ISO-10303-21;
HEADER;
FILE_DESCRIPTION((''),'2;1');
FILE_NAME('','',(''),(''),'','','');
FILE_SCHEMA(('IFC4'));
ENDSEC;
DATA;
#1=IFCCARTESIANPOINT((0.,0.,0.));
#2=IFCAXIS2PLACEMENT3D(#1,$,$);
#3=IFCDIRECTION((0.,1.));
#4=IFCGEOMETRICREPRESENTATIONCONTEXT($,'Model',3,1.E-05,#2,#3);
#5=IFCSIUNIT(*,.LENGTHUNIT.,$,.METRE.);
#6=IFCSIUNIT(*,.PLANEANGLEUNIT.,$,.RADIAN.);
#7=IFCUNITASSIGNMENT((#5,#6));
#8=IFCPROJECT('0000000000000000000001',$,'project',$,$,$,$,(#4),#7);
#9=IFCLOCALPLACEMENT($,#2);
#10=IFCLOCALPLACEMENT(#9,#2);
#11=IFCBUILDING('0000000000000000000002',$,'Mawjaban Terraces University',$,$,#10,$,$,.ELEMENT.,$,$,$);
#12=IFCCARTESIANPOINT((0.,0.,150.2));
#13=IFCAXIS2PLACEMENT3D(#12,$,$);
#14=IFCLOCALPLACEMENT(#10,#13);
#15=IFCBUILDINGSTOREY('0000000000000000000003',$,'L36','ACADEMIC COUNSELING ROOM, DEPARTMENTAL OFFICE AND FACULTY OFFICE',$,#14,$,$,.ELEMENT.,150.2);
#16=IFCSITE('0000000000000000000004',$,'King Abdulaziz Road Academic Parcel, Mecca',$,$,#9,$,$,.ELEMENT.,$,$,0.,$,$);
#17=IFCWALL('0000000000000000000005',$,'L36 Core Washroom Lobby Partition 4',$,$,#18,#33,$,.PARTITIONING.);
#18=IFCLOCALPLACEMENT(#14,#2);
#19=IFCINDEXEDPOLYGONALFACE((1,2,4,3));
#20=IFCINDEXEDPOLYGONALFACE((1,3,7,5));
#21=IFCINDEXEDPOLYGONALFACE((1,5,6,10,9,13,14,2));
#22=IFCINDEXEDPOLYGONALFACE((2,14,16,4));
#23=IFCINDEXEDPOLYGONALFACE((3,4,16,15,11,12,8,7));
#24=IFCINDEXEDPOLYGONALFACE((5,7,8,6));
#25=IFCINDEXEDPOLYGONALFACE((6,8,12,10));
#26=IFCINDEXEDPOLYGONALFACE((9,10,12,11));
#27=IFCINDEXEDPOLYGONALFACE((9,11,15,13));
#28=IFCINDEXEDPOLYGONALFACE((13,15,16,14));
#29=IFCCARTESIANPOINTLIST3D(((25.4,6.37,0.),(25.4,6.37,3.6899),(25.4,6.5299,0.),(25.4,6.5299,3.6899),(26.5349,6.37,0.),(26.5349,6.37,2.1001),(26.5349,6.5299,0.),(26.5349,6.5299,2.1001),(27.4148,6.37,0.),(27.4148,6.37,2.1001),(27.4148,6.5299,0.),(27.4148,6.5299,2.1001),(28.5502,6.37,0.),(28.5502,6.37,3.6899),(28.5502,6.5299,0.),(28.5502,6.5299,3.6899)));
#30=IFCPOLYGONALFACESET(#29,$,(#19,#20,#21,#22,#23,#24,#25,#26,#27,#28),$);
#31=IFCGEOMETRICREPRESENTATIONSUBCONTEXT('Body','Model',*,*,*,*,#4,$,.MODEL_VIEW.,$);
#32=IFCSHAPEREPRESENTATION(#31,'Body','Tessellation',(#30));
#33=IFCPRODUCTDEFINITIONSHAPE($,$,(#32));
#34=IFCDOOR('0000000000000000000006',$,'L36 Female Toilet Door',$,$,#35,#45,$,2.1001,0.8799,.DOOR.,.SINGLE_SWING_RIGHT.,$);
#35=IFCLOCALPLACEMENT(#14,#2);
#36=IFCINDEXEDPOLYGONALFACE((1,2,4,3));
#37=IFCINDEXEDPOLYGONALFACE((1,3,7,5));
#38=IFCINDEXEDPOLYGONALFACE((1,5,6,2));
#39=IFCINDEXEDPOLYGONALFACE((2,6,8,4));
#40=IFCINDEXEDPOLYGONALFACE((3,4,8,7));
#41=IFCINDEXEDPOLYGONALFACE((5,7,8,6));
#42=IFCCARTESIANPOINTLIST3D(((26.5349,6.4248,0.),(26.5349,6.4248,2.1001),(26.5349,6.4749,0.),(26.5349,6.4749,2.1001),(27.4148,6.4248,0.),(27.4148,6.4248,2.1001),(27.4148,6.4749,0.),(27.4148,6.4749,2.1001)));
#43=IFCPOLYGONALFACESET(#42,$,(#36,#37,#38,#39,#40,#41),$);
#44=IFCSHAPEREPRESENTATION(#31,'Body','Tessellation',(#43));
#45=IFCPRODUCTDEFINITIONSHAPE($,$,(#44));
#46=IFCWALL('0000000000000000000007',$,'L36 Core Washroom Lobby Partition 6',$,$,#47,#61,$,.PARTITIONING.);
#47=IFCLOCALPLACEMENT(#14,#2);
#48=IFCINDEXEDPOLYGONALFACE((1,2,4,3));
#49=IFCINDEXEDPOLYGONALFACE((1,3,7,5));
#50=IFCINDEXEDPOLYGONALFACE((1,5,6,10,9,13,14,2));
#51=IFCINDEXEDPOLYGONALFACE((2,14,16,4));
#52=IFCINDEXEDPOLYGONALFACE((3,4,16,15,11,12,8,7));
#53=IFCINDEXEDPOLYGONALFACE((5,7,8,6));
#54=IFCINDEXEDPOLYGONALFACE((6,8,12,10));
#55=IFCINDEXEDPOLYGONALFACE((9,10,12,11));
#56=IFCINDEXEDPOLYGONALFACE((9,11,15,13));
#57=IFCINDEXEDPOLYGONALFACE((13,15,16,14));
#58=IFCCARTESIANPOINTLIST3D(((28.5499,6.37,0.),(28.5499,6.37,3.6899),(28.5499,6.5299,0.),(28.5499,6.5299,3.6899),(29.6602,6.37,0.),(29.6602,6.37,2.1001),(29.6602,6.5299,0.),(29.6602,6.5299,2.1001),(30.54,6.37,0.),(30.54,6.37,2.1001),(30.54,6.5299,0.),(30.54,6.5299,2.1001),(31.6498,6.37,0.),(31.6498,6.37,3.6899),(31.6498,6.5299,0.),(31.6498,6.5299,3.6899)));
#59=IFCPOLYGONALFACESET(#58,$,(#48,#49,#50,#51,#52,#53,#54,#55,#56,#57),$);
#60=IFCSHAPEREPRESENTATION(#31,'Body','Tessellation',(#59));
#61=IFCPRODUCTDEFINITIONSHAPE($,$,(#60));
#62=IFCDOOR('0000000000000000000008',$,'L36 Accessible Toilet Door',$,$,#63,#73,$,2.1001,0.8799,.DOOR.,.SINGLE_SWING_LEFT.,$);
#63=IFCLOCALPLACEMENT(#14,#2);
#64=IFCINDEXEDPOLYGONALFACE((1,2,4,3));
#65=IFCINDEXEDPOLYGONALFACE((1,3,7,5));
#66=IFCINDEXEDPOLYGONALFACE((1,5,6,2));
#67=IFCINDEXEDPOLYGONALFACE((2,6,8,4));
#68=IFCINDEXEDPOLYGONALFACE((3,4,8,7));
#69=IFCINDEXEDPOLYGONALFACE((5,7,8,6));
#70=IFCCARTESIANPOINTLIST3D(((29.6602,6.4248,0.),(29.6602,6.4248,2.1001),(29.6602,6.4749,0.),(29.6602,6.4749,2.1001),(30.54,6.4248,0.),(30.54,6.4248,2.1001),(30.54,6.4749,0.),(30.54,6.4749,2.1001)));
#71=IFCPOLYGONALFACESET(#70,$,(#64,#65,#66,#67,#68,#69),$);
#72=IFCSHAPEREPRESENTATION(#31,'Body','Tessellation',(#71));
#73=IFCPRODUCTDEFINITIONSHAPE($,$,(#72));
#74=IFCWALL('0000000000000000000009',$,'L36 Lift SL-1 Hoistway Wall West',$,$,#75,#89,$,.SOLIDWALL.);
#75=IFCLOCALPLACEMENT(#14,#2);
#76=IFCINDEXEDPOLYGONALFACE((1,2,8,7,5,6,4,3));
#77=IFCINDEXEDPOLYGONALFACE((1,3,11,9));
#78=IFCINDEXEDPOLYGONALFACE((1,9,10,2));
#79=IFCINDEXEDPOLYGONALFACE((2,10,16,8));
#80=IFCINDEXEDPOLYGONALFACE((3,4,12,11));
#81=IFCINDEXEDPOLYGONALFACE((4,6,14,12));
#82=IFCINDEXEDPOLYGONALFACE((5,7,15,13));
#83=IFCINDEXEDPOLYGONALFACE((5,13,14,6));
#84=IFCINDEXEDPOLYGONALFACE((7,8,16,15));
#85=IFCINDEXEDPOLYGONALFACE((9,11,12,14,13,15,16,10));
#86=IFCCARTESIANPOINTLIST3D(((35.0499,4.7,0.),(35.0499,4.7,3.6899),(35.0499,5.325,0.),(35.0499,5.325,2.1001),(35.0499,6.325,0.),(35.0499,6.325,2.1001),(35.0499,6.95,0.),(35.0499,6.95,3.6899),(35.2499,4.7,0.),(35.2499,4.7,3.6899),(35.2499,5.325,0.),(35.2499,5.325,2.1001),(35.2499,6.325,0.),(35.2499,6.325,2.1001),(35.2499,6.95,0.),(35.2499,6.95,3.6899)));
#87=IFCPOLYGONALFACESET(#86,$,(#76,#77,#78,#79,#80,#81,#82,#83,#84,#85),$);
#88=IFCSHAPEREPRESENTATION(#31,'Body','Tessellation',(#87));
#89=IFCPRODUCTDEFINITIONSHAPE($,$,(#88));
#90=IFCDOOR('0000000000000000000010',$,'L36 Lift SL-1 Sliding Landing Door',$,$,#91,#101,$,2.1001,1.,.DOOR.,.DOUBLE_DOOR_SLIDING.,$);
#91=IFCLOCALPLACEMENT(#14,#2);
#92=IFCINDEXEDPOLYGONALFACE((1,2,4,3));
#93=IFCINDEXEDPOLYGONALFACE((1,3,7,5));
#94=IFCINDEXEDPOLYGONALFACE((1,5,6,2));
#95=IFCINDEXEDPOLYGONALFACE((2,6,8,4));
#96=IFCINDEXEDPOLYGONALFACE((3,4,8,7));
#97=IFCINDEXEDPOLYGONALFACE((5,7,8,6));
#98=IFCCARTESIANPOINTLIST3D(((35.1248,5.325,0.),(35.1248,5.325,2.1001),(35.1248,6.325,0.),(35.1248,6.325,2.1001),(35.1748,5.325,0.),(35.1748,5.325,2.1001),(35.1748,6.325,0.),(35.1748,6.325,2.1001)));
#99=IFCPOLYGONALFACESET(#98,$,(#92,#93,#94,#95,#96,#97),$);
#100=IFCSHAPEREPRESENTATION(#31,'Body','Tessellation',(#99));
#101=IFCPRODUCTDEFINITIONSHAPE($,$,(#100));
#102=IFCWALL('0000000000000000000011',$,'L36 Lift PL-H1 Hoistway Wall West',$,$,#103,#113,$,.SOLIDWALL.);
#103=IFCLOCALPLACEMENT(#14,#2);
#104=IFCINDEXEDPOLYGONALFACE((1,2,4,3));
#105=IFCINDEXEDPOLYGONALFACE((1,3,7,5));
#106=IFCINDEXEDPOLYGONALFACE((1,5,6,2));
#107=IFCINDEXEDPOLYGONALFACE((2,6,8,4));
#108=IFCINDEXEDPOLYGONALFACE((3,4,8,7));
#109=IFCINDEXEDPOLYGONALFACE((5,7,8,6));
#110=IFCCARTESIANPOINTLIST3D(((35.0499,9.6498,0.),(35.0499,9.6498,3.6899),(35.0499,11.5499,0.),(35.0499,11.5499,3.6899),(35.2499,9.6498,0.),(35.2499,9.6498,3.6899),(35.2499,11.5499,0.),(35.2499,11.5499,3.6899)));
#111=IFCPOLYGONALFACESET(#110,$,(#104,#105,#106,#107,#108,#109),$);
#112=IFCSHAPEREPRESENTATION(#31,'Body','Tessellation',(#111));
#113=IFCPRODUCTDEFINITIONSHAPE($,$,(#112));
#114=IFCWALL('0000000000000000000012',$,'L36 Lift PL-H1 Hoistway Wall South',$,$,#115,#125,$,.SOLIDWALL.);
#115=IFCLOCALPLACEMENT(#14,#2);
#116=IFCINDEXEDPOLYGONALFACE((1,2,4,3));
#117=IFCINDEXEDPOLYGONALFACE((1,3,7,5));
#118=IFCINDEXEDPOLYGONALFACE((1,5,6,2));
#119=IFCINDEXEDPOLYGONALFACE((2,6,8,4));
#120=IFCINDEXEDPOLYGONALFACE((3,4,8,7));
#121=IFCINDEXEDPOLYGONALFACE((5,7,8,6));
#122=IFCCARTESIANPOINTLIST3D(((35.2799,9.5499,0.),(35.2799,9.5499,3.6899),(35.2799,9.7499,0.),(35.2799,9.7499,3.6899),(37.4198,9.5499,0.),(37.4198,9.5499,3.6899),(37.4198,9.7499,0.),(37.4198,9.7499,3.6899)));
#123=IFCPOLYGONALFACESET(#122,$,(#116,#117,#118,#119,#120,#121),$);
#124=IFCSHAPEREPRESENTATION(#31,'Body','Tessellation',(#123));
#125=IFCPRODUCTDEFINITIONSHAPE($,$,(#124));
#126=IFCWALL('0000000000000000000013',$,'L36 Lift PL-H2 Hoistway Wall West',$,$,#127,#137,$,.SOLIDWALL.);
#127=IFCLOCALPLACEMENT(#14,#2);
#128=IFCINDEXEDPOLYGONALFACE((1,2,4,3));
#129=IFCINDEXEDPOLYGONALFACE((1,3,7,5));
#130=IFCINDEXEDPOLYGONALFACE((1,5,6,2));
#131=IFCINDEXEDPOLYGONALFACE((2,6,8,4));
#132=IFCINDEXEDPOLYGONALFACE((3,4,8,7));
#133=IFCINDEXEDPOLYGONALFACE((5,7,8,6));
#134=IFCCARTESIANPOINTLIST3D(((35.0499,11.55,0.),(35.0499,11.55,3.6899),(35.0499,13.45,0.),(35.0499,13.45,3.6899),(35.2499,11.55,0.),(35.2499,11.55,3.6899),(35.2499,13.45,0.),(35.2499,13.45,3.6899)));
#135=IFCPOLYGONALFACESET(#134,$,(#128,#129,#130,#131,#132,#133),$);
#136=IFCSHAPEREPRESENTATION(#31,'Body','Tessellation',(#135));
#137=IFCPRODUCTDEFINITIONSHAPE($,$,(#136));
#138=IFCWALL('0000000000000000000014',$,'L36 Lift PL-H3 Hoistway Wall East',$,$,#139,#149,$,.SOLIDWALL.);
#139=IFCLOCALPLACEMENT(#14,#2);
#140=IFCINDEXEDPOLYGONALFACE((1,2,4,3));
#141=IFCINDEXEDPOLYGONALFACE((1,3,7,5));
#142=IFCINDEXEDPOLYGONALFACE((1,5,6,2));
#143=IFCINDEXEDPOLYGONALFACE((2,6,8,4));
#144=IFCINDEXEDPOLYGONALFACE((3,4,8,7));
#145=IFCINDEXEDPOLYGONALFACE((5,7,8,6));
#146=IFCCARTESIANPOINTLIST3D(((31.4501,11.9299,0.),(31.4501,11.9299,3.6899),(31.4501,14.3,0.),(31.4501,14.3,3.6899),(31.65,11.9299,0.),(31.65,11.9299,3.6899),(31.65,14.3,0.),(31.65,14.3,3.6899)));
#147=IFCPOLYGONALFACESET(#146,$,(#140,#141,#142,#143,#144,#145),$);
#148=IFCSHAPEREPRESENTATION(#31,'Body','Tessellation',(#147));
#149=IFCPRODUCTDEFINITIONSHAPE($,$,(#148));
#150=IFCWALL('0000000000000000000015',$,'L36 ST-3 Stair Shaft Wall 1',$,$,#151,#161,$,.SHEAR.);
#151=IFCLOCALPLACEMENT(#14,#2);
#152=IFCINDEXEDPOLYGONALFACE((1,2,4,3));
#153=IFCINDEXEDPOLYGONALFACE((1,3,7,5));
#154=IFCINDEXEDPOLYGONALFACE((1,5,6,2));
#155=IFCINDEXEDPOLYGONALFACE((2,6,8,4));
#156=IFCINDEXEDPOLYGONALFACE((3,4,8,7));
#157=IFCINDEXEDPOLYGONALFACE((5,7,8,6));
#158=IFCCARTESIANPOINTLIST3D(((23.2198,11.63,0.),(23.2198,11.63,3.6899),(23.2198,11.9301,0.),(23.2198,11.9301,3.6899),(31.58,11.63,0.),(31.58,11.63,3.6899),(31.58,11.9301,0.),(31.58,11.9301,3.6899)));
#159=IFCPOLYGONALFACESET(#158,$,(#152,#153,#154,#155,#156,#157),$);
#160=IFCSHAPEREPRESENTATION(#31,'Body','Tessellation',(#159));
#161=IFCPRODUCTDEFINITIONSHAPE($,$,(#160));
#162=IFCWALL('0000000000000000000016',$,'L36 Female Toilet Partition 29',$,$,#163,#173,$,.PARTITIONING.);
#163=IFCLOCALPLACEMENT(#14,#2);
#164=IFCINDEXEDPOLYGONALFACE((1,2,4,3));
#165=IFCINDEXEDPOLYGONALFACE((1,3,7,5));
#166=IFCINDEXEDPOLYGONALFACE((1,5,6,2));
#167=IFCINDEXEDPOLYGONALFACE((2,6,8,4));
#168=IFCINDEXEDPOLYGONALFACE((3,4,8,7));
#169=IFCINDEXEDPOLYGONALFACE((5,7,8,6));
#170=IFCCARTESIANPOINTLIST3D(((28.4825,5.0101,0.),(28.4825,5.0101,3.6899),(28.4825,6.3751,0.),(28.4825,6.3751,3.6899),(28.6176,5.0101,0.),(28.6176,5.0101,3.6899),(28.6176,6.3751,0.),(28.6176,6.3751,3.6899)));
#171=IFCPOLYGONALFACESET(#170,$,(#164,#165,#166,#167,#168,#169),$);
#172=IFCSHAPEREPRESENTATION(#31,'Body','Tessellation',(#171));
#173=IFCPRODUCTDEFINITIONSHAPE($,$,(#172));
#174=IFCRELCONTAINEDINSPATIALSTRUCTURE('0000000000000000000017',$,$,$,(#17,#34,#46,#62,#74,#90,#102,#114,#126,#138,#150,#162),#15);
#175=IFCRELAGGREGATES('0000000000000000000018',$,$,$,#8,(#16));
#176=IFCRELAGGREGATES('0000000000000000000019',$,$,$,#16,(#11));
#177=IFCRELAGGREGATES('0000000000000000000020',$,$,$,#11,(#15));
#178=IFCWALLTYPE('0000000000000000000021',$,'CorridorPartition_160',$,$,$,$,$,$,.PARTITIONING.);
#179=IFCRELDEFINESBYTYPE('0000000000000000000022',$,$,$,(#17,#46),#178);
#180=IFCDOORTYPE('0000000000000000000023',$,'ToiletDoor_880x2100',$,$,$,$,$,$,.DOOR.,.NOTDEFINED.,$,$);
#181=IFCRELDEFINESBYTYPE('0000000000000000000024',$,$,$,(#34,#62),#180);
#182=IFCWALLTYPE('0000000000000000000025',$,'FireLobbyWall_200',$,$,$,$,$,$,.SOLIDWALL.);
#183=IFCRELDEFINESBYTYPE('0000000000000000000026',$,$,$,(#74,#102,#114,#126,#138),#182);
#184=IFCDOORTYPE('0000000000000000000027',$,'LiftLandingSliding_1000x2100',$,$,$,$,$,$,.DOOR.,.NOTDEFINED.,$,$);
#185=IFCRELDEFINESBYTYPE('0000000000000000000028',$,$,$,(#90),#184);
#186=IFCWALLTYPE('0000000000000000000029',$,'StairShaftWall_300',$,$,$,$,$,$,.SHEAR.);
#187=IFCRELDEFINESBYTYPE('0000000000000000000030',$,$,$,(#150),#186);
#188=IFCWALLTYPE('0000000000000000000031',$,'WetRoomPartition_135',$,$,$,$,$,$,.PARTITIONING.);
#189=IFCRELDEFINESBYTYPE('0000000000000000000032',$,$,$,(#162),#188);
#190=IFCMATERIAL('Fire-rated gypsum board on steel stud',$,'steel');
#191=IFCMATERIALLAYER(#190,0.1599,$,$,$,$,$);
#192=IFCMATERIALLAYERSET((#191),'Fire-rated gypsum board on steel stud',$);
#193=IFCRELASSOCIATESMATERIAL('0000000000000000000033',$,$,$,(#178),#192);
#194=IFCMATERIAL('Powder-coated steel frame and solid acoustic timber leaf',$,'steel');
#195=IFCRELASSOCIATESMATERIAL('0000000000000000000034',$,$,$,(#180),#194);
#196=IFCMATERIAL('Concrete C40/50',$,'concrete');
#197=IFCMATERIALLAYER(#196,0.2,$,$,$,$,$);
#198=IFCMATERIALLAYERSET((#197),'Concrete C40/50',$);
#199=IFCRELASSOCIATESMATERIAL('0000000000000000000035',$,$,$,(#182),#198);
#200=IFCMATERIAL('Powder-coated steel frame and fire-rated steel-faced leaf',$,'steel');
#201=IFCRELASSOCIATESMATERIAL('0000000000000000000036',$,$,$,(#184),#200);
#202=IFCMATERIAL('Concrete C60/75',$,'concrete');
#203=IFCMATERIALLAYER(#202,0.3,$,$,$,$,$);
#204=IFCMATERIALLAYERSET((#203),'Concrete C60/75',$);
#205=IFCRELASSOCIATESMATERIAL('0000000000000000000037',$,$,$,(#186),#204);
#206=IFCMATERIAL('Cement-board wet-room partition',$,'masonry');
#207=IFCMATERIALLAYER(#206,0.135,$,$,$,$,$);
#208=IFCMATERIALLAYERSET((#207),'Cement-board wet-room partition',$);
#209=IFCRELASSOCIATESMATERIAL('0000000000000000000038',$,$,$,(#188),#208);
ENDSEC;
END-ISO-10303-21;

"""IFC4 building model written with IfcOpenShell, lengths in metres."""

from ifc_helpers import new_model, si_unit, direction, frame, frame_2d, origin, place, context, subcontext, project, spatial, rectangle, extrude, material, layer, layer_set, type_object, element, fill, save


model = new_model("IFC4")

# Units and contexts
model_context = context("Model", 3, precision=1e-05, world=origin(), true_north=direction((0.0, 1.0)))
body_context = subcontext(model_context, "Body", "Model", "MODEL_VIEW")
ifc_project = project(units=[si_unit("LENGTHUNIT", "METRE"), si_unit("PLANEANGLEUNIT", "RADIAN")], contexts=[model_context])

# Site, building, storey
site_placement = place(None, origin())
site = spatial("IfcSite", under=ifc_project, at=site_placement, Name="King Abdulaziz Road Academic Parcel, Mecca", CompositionType="ELEMENT", RefElevation=0.0)
building_placement = place(site_placement, origin())
building = spatial("IfcBuilding", under=site, at=building_placement, Name="Mawjaban Terraces University", CompositionType="ELEMENT")
storey_placement = place(building_placement, frame((0.0, 0.0, 150.2)))
storey = spatial("IfcBuildingStorey", under=building, at=storey_placement, Name="L36", Description="ACADEMIC COUNSELING ROOM, DEPARTMENTAL OFFICE AND FACULTY OFFICE", CompositionType="ELEMENT", Elevation=150.2)

# Walls, openings, doors
ifc_material_1 = material(Name="Fire-rated gypsum board on steel stud", Category="steel")
ifc_layer_1 = layer(ifc_material_1, 0.1599)
ifc_layer_set_1 = layer_set([ifc_layer_1], Name="Fire-rated gypsum board on steel stud")
wall_type_1 = type_object("IfcWallType", Name="CorridorPartition_160", PredefinedType="PARTITIONING", material=ifc_layer_set_1)
wall_1_placement = place(storey_placement, frame((25.3999, 6.45, 0.0), z_axis=(0.0, 0.0, 1.0), x_axis=(1.0, 0.0, 0.0)))
wall_1 = element("IfcWall", 1, at=wall_1_placement, inside=storey, type_object=wall_type_1, Name="L36 Core Washroom Lobby Partition 4", PredefinedType="PARTITIONING", context=body_context, shape_type="SweptSolid", body=[
    extrude(rectangle(XDim=3.1501, YDim=0.1599, at=frame_2d((1.5752, 0.0))), origin(), (0.0, 0.0, 1.0), 3.6899),
])
opening_1_placement = place(wall_1_placement, frame((1.135, 0.0, 0.0)))
opening_1 = element("IfcOpeningElement", 2, at=opening_1_placement, cuts=wall_1, PredefinedType="OPENING", context=body_context, shape_type="SweptSolid", body=[
    extrude(rectangle(XDim=0.8799, YDim=2.1001, at=frame_2d((0.4399, 1.05))), frame((0.0, 0.0898, 0.0), z_axis=(0.0, -1.0, 0.0), x_axis=(1.0, 0.0, 0.0)), (0.0, 0.0, 1.0), 0.1799),
])
ifc_material_2 = material(Name="Powder-coated steel frame and solid acoustic timber leaf", Category="steel")
door_type_1 = type_object("IfcDoorType", Name="ToiletDoor_880x2100", OperationType="NOTDEFINED", PredefinedType="DOOR", material=ifc_material_2)
door_1_placement = place(opening_1_placement, origin())
door_1 = element("IfcDoor", 3, at=door_1_placement, inside=storey, type_object=door_type_1, Name="L36 Female Toilet Door", OperationType="SINGLE_SWING_RIGHT", OverallHeight=2.1001, OverallWidth=0.8799, PredefinedType="DOOR", context=body_context, shape_type="SweptSolid", body=[
    extrude(rectangle(XDim=0.8799, YDim=2.1001, at=frame_2d((0.4399, 1.05))), frame((0.0, 0.0249, 0.0), z_axis=(0.0, -1.0, 0.0), x_axis=(1.0, 0.0, 0.0)), (0.0, 0.0, 1.0), 0.05),
])
fill(opening_1, door_1)
wall_2_placement = place(storey_placement, frame((28.55, 6.45, 0.0), z_axis=(0.0, 0.0, 1.0), x_axis=(1.0, 0.0, 0.0)))
wall_2 = element("IfcWall", 4, at=wall_2_placement, inside=storey, type_object=wall_type_1, Name="L36 Core Washroom Lobby Partition 6", PredefinedType="PARTITIONING", context=body_context, shape_type="SweptSolid", body=[
    extrude(rectangle(XDim=3.0999, YDim=0.1599, at=frame_2d((1.5498, 0.0))), origin(), (0.0, 0.0, 1.0), 3.6899),
])
opening_2_placement = place(wall_2_placement, frame((1.1101, 0.0, 0.0)))
opening_2 = element("IfcOpeningElement", 5, at=opening_2_placement, cuts=wall_2, PredefinedType="OPENING", context=body_context, shape_type="SweptSolid", body=[
    extrude(rectangle(XDim=0.8799, YDim=2.1001, at=frame_2d((0.4399, 1.05))), frame((0.0, 0.0898, 0.0), z_axis=(0.0, -1.0, 0.0), x_axis=(1.0, 0.0, 0.0)), (0.0, 0.0, 1.0), 0.1799),
])
door_2_placement = place(opening_2_placement, origin())
door_2 = element("IfcDoor", 6, at=door_2_placement, inside=storey, type_object=door_type_1, Name="L36 Accessible Toilet Door", OperationType="SINGLE_SWING_LEFT", OverallHeight=2.1001, OverallWidth=0.8799, PredefinedType="DOOR", context=body_context, shape_type="SweptSolid", body=[
    extrude(rectangle(XDim=0.8799, YDim=2.1001, at=frame_2d((0.4399, 1.05))), frame((0.0, 0.0249, 0.0), z_axis=(0.0, -1.0, 0.0), x_axis=(1.0, 0.0, 0.0)), (0.0, 0.0, 1.0), 0.05),
])
fill(opening_2, door_2)
ifc_material_3 = material(Name="Concrete C40/50", Category="concrete")
ifc_layer_2 = layer(ifc_material_3, 0.2)
ifc_layer_set_2 = layer_set([ifc_layer_2], Name="Concrete C40/50")
wall_type_2 = type_object("IfcWallType", Name="FireLobbyWall_200", PredefinedType="SOLIDWALL", material=ifc_layer_set_2)
wall_3_placement = place(storey_placement, frame((35.1499, 6.95, 0.0), z_axis=(0.0, 0.0, 1.0), x_axis=(0.0, -1.0, 0.0)))
wall_3 = element("IfcWall", 7, at=wall_3_placement, inside=storey, type_object=wall_type_2, Name="L36 Lift SL-1 Hoistway Wall West", PredefinedType="SOLIDWALL", context=body_context, shape_type="SweptSolid", body=[
    extrude(rectangle(XDim=2.25, YDim=0.2, at=frame_2d((1.125, 0.0))), origin(), (0.0, 0.0, 1.0), 3.6899),
])
opening_3_placement = place(wall_3_placement, frame((0.625, 0.0, 0.0)))
opening_3 = element("IfcOpeningElement", 8, at=opening_3_placement, cuts=wall_3, PredefinedType="OPENING", context=body_context, shape_type="SweptSolid", body=[
    extrude(rectangle(XDim=1.0, YDim=2.1001, at=frame_2d((0.5, 1.05))), frame((0.0, 0.1099, 0.0), z_axis=(0.0, -1.0, 0.0), x_axis=(1.0, 0.0, 0.0)), (0.0, 0.0, 1.0), 0.22),
])
ifc_material_4 = material(Name="Powder-coated steel frame and fire-rated steel-faced leaf", Category="steel")
door_type_2 = type_object("IfcDoorType", Name="LiftLandingSliding_1000x2100", OperationType="NOTDEFINED", PredefinedType="DOOR", material=ifc_material_4)
door_3_placement = place(opening_3_placement, origin())
door_3 = element("IfcDoor", 9, at=door_3_placement, inside=storey, type_object=door_type_2, Name="L36 Lift SL-1 Sliding Landing Door", OperationType="DOUBLE_DOOR_SLIDING", OverallHeight=2.1001, OverallWidth=1.0, PredefinedType="DOOR", context=body_context, shape_type="SweptSolid", body=[
    extrude(rectangle(XDim=1.0, YDim=2.1001, at=frame_2d((0.5, 1.05))), frame((0.0, 0.0249, 0.0), z_axis=(0.0, -1.0, 0.0), x_axis=(1.0, 0.0, 0.0)), (0.0, 0.0, 1.0), 0.05),
])
fill(opening_3, door_3)

# Walls
wall_4_placement = place(storey_placement, frame((35.1499, 11.55, 0.0), z_axis=(0.0, 0.0, 1.0), x_axis=(0.0, -1.0, 0.0)))
element("IfcWall", 10, at=wall_4_placement, inside=storey, type_object=wall_type_2, Name="L36 Lift PL-H1 Hoistway Wall West", PredefinedType="SOLIDWALL", context=body_context, shape_type="SweptSolid", body=[
    extrude(rectangle(XDim=1.9001, YDim=0.2, at=frame_2d((0.9502, 0.0))), origin(), (0.0, 0.0, 1.0), 3.6899),
])
wall_5_placement = place(storey_placement, frame((35.28, 9.6499, 0.0), z_axis=(0.0, 0.0, 1.0), x_axis=(1.0, 0.0, 0.0)))
element("IfcWall", 11, at=wall_5_placement, inside=storey, type_object=wall_type_2, Name="L36 Lift PL-H1 Hoistway Wall South", PredefinedType="SOLIDWALL", context=body_context, shape_type="SweptSolid", body=[
    extrude(rectangle(XDim=2.1399, YDim=0.2, at=frame_2d((1.0698, 0.0))), origin(), (0.0, 0.0, 1.0), 3.6899),
])
wall_6_placement = place(storey_placement, frame((35.1499, 13.45, 0.0), z_axis=(0.0, 0.0, 1.0), x_axis=(0.0, -1.0, 0.0)))
element("IfcWall", 12, at=wall_6_placement, inside=storey, type_object=wall_type_2, Name="L36 Lift PL-H2 Hoistway Wall West", PredefinedType="SOLIDWALL", context=body_context, shape_type="SweptSolid", body=[
    extrude(rectangle(XDim=1.8999, YDim=0.2, at=frame_2d((0.95, 0.0))), origin(), (0.0, 0.0, 1.0), 3.6899),
])
wall_7_placement = place(storey_placement, frame((31.55, 11.9299, 0.0), z_axis=(0.0, 0.0, 1.0), x_axis=(0.0, 1.0, 0.0)))
element("IfcWall", 13, at=wall_7_placement, inside=storey, type_object=wall_type_2, Name="L36 Lift PL-H3 Hoistway Wall East", PredefinedType="SOLIDWALL", context=body_context, shape_type="SweptSolid", body=[
    extrude(rectangle(XDim=2.3701, YDim=0.2, at=frame_2d((1.1851, 0.0))), origin(), (0.0, 0.0, 1.0), 3.6899),
])
ifc_material_5 = material(Name="Concrete C60/75", Category="concrete")
ifc_layer_3 = layer(ifc_material_5, 0.3)
ifc_layer_set_3 = layer_set([ifc_layer_3], Name="Concrete C60/75")
wall_type_3 = type_object("IfcWallType", Name="StairShaftWall_300", PredefinedType="SHEAR", material=ifc_layer_set_3)
wall_8_placement = place(storey_placement, frame((31.5801, 11.78, 0.0), z_axis=(0.0, 0.0, 1.0), x_axis=(-1.0, 0.0, 0.0)))
element("IfcWall", 14, at=wall_8_placement, inside=storey, type_object=wall_type_3, Name="L36 ST-3 Stair Shaft Wall 1", PredefinedType="SHEAR", context=body_context, shape_type="SweptSolid", body=[
    extrude(rectangle(XDim=8.3601, YDim=0.3, at=frame_2d((4.1802, 0.0))), origin(), (0.0, 0.0, 1.0), 3.6899),
])

# Wall
ifc_material_6 = material(Name="Cement-board wet-room partition", Category="masonry")
ifc_layer_4 = layer(ifc_material_6, 0.135)
ifc_layer_set_4 = layer_set([ifc_layer_4], Name="Cement-board wet-room partition")
wall_type_4 = type_object("IfcWallType", Name="WetRoomPartition_135", PredefinedType="PARTITIONING", material=ifc_layer_set_4)
wall_9_placement = place(storey_placement, frame((28.55, 5.01, 0.0), z_axis=(0.0, 0.0, 1.0), x_axis=(0.0, 1.0, 0.0)))
element("IfcWall", 15, at=wall_9_placement, inside=storey, type_object=wall_type_4, Name="L36 Female Toilet Partition 29", PredefinedType="PARTITIONING", context=body_context, shape_type="SweptSolid", body=[
    extrude(rectangle(XDim=1.365, YDim=0.135, at=frame_2d((0.6826, 0.0))), origin(), (0.0, 0.0, 1.0), 3.6899),
])

save(model, "model.ifc")
